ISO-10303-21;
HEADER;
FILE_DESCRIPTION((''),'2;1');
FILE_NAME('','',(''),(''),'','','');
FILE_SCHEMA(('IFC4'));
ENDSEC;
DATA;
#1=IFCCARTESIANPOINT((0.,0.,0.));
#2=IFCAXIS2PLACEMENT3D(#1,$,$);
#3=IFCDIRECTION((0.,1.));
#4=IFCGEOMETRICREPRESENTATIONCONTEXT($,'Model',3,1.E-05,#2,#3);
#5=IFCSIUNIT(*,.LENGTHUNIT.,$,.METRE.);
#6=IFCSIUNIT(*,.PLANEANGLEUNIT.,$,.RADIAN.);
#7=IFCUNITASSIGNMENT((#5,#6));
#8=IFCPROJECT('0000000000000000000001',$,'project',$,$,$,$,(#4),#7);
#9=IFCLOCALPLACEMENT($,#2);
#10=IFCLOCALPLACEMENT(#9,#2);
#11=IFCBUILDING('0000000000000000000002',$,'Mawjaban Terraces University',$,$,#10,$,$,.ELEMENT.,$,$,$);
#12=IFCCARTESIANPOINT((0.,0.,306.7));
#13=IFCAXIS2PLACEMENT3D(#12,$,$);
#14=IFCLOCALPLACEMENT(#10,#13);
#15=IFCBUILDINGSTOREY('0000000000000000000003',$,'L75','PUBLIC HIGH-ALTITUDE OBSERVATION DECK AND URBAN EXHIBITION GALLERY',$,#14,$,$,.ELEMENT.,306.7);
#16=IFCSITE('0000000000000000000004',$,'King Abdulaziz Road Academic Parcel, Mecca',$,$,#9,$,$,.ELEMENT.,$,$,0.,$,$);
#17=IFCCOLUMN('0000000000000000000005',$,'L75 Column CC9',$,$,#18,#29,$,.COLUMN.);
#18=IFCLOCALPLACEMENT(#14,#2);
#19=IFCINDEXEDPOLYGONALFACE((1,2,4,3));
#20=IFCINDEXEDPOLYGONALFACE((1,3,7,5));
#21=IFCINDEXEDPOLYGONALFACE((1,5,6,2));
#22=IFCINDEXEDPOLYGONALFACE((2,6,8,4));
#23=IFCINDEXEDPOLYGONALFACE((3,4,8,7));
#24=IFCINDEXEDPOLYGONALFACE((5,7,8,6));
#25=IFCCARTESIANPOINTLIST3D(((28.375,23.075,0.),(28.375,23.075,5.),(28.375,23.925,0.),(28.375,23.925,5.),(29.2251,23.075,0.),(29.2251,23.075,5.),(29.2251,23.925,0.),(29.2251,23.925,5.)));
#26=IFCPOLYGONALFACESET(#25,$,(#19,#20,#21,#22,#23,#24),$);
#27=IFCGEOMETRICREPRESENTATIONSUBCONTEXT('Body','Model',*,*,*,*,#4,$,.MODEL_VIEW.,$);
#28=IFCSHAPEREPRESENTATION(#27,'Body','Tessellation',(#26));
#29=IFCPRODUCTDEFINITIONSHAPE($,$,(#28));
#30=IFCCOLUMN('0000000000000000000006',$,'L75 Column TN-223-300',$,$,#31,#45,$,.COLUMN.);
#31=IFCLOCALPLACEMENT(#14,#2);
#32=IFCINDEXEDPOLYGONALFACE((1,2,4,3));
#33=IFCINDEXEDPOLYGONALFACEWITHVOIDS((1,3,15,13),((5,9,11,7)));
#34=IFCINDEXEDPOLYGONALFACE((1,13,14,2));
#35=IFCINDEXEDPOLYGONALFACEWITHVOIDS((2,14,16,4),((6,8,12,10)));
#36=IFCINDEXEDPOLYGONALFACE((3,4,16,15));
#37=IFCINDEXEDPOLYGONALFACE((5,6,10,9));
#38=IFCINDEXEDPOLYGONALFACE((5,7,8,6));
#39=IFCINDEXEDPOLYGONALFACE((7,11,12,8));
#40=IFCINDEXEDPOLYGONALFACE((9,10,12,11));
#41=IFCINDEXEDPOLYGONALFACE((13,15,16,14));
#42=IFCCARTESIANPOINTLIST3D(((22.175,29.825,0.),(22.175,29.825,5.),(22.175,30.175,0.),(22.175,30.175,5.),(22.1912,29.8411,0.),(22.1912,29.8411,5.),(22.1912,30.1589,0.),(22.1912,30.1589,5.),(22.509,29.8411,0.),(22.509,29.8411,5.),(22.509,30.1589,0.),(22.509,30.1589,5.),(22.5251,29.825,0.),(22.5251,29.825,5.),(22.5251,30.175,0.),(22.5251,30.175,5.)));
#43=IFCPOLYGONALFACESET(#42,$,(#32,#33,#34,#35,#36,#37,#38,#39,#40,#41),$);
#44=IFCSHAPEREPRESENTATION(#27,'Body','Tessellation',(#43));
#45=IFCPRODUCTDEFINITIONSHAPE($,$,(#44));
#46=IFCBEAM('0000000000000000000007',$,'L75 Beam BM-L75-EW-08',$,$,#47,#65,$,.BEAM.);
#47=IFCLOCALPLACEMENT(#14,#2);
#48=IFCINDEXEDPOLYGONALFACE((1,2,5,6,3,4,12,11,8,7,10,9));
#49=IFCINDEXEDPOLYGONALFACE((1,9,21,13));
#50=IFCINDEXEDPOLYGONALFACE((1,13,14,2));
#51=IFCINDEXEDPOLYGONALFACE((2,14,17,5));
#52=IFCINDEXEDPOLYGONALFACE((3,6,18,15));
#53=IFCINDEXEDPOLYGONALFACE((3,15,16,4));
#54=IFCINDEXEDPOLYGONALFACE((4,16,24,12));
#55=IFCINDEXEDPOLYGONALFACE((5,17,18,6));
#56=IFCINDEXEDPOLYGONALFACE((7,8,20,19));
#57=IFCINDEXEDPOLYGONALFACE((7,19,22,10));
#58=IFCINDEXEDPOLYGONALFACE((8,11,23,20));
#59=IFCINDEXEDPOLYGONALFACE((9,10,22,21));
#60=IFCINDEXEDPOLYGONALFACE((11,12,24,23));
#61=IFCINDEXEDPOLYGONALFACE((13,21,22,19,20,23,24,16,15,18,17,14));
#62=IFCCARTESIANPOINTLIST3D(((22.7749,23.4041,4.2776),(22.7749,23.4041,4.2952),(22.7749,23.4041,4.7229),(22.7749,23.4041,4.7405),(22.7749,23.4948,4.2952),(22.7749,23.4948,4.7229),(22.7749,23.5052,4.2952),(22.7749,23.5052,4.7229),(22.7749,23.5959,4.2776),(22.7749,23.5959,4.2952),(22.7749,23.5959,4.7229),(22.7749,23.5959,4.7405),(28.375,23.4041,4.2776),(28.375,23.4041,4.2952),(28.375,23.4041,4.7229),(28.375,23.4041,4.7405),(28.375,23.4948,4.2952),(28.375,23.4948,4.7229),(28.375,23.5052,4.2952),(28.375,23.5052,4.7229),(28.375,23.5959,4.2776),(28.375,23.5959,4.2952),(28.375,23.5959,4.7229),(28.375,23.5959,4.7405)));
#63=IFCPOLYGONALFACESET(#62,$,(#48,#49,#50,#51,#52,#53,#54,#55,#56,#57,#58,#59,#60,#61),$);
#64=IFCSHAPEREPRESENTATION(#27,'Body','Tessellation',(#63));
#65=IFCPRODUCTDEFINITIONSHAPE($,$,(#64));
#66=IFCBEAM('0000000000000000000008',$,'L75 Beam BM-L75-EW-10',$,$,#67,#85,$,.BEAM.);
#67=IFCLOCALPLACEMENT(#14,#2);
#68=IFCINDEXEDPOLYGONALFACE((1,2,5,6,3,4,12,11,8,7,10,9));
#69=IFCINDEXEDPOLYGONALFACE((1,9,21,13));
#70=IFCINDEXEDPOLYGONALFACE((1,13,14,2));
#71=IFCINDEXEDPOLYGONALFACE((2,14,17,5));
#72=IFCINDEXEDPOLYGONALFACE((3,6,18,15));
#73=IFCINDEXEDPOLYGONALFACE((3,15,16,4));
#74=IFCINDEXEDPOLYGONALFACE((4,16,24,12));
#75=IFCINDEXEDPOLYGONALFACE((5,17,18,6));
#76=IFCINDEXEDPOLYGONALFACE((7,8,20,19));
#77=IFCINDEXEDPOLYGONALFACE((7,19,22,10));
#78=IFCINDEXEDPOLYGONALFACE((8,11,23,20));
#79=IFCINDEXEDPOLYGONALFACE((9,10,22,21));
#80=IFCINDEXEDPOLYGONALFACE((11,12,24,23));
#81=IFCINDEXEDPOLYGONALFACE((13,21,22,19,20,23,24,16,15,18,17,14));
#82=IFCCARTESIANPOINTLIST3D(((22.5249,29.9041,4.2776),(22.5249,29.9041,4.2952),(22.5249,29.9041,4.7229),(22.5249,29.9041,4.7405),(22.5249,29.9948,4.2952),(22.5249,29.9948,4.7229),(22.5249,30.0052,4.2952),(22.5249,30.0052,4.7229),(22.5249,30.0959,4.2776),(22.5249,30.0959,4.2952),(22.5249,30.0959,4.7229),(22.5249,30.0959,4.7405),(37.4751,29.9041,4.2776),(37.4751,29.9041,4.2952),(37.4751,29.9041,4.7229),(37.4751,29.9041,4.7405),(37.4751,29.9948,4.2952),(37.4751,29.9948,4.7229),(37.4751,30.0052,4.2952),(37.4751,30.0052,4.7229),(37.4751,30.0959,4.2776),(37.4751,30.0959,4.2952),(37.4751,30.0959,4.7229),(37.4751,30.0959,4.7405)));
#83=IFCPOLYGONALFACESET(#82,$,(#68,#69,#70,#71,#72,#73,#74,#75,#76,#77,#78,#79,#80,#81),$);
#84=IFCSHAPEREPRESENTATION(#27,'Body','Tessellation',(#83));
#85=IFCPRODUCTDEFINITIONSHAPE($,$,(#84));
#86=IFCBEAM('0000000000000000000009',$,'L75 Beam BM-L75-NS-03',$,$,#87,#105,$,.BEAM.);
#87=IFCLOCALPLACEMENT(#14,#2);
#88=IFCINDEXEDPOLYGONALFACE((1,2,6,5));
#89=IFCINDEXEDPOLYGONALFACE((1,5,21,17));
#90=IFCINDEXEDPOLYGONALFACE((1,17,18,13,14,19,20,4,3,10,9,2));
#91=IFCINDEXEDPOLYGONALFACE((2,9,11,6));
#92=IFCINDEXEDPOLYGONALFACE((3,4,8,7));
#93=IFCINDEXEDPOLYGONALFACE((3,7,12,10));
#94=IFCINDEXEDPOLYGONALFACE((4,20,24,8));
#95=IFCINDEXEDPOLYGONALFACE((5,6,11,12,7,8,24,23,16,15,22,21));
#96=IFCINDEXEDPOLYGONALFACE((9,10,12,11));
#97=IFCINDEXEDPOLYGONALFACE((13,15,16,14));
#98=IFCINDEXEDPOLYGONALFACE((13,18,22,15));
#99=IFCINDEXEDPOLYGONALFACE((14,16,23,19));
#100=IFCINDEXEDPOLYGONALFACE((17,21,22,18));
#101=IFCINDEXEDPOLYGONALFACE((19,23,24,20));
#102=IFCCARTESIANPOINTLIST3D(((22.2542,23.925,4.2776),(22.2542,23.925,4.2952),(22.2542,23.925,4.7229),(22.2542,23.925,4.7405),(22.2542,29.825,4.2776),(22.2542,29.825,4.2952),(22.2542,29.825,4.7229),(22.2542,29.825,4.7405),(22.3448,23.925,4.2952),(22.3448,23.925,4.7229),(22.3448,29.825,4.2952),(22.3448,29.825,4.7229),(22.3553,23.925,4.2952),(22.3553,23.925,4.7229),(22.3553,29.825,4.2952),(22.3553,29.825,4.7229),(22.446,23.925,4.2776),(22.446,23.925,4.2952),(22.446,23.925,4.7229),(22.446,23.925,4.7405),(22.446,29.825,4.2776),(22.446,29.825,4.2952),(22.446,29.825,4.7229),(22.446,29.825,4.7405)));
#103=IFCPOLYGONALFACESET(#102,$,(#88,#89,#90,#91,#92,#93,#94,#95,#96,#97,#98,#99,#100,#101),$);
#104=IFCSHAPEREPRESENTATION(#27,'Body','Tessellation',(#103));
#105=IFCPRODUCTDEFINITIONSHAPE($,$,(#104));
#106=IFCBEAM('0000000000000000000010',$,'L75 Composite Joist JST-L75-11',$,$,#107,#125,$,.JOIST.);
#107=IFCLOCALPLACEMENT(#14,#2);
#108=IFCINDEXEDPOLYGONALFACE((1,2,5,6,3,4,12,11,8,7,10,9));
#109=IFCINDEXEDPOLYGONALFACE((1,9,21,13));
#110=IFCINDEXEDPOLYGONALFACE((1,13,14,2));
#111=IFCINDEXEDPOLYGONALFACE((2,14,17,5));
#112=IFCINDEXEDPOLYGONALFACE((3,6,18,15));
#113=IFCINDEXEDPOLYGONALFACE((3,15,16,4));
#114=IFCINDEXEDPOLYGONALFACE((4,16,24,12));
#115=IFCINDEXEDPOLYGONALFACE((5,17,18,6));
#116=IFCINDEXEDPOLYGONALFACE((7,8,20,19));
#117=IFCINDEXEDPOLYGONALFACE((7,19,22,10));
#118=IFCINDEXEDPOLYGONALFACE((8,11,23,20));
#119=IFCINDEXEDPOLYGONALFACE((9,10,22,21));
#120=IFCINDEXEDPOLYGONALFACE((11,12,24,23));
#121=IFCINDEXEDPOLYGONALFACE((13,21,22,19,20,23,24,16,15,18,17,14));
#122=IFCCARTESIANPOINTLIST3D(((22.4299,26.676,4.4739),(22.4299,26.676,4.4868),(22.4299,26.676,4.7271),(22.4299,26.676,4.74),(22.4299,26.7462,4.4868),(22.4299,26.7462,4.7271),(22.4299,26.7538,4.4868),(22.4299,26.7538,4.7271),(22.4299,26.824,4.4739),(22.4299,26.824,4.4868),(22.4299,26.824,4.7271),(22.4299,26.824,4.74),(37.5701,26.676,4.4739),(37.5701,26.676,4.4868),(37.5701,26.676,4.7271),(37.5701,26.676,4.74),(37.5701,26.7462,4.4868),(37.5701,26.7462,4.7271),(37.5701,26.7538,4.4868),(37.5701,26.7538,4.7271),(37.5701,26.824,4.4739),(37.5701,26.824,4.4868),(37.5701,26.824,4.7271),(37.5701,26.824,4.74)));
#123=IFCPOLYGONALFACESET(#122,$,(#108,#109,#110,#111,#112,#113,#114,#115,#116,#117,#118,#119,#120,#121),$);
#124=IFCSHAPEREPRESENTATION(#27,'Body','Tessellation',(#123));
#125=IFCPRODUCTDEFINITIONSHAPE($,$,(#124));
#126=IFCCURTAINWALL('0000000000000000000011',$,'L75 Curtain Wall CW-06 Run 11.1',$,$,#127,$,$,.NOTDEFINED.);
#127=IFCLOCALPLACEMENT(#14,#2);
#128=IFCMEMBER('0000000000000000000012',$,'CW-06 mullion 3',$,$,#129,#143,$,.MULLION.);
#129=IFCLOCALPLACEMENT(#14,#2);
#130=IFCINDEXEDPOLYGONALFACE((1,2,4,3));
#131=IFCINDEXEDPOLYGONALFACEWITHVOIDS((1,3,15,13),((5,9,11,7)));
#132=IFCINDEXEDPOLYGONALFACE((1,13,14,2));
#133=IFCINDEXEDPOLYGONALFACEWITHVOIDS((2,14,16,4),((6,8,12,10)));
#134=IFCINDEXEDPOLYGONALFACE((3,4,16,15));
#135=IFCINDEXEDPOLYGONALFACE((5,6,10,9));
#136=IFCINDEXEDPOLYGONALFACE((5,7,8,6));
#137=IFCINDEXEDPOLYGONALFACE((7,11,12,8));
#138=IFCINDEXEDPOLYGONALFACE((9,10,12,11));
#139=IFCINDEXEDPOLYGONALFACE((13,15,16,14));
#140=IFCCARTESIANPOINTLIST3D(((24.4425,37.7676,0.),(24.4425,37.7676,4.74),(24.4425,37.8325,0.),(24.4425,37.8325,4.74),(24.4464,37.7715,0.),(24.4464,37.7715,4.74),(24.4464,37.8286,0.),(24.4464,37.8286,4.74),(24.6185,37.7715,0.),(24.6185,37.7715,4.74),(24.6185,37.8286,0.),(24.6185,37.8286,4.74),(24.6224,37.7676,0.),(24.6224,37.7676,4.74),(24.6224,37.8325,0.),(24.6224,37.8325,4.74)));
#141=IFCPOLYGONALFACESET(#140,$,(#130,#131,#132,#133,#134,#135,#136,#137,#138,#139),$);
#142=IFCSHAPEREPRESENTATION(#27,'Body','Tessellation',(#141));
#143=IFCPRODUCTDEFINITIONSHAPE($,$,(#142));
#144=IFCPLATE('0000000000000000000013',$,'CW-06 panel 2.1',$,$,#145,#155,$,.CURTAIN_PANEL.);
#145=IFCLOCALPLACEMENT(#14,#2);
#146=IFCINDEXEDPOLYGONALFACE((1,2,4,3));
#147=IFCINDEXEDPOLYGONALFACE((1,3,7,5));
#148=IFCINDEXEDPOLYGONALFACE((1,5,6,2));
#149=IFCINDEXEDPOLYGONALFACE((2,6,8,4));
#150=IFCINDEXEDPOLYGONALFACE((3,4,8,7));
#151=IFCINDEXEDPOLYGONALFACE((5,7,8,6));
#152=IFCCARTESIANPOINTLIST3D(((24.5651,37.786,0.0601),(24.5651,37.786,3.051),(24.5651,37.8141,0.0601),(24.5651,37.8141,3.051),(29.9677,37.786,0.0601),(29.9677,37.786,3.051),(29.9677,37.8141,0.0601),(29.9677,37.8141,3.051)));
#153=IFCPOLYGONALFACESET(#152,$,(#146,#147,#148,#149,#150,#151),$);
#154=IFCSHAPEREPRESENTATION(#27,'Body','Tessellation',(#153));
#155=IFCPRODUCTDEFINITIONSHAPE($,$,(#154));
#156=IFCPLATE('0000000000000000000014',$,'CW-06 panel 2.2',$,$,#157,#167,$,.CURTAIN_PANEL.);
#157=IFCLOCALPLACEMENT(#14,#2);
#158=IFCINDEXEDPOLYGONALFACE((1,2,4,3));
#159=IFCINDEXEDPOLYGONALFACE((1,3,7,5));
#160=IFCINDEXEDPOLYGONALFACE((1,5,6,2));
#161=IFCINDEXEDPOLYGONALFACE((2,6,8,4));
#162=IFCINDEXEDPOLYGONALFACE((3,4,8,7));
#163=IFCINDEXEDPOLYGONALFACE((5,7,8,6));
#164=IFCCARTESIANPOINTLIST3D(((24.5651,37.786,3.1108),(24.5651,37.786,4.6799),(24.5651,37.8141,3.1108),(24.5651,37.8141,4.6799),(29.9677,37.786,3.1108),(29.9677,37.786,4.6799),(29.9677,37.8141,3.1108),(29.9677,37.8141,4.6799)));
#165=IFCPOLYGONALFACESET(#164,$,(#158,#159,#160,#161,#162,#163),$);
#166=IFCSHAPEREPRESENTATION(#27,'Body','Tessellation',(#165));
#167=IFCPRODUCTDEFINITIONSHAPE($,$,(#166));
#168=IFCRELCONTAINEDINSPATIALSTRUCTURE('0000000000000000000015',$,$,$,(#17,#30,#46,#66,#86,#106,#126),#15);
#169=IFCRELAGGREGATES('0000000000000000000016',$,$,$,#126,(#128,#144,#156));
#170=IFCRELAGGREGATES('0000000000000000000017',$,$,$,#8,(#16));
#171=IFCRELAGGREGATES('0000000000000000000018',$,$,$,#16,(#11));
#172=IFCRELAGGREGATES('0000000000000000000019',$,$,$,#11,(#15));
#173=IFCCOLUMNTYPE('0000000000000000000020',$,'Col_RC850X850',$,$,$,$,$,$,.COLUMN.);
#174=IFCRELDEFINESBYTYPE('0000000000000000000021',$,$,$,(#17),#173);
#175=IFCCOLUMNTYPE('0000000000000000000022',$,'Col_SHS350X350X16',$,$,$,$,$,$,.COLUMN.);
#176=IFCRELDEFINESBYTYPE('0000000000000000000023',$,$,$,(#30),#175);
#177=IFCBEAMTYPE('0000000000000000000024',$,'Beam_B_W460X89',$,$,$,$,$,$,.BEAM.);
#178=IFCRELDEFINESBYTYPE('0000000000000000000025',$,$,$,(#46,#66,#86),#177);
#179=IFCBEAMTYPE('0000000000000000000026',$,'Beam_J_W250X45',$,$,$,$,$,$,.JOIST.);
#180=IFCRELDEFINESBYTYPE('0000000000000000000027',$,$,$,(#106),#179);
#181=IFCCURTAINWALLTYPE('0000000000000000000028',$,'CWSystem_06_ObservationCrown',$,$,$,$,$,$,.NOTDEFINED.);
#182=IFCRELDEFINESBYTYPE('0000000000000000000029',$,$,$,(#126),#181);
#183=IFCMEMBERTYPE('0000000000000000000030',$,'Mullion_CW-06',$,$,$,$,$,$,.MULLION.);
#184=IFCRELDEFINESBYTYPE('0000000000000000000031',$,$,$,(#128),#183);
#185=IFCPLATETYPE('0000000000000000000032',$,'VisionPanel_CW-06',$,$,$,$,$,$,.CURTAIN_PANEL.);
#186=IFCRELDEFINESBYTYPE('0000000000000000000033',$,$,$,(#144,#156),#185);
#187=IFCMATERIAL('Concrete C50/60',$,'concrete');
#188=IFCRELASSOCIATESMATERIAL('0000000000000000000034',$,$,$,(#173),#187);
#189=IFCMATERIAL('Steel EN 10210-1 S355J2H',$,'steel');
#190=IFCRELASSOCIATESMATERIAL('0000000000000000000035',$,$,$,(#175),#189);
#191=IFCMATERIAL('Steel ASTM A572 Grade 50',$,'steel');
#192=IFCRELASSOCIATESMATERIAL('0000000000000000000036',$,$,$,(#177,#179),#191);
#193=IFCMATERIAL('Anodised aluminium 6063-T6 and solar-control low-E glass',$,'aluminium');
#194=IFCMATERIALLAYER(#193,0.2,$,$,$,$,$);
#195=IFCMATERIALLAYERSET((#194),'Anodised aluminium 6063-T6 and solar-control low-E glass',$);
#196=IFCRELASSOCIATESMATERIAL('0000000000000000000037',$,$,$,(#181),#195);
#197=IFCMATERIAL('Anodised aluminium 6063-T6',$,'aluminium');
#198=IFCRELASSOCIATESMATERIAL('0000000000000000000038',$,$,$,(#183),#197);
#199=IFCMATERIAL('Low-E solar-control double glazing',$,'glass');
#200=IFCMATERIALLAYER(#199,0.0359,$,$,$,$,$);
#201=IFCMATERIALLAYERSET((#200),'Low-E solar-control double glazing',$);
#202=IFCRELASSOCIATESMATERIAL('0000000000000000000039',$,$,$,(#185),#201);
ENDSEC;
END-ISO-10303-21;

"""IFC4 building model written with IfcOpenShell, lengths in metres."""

from ifc_helpers import new_model, si_unit, direction, frame, origin, origin_2d, place, context, subcontext, project, spatial, rectangle, hollow_rectangle, i_section, extrude, material, layer, layer_set, material_profile, profile_set, type_object, element, aggregate, save


model = new_model("IFC4")

# Units and contexts
model_context = context("Model", 3, precision=1e-05, world=origin(), true_north=direction((0.0, 1.0)))
body_context = subcontext(model_context, "Body", "Model", "MODEL_VIEW")
ifc_project = project(units=[si_unit("LENGTHUNIT", "METRE"), si_unit("PLANEANGLEUNIT", "RADIAN")], contexts=[model_context])

# Site, building, storey
site_placement = place(None, origin())
site = spatial("IfcSite", under=ifc_project, at=site_placement, Name="King Abdulaziz Road Academic Parcel, Mecca", CompositionType="ELEMENT", RefElevation=0.0)
building_placement = place(site_placement, origin())
building = spatial("IfcBuilding", under=site, at=building_placement, Name="Mawjaban Terraces University", CompositionType="ELEMENT")
storey_placement = place(building_placement, frame((0.0, 0.0, 306.7)))
storey = spatial("IfcBuildingStorey", under=building, at=storey_placement, Name="L75", Description="PUBLIC HIGH-ALTITUDE OBSERVATION DECK AND URBAN EXHIBITION GALLERY", CompositionType="ELEMENT", Elevation=306.7)

# Columns
ifc_material_1 = material(Name="Concrete C50/60", Category="concrete")
ifc_material_profile_1 = material_profile(ifc_material_1, rectangle(XDim=0.8501, YDim=0.8501, at=origin_2d()), Name="RC850X850")
ifc_profile_set_1 = profile_set([ifc_material_profile_1], Name="Concrete C50/60")
column_type_1 = type_object("IfcColumnType", Name="Col_RC850X850", PredefinedType="COLUMN", material=ifc_profile_set_1)
column_1_placement = place(storey_placement, frame((28.8, 23.5, 0.0), z_axis=(0.0, 0.0, 1.0), x_axis=(1.0, 0.0, 0.0)))
element("IfcColumn", 1, at=column_1_placement, inside=storey, type_object=column_type_1, Name="L75 Column CC9", PredefinedType="COLUMN", context=body_context, shape_type="SweptSolid", body=[
    extrude(rectangle(XDim=0.8501, YDim=0.8501, at=origin_2d()), origin(), (0.0, 0.0, 1.0), 5.0),
])
ifc_material_2 = material(Name="Steel EN 10210-1 S355J2H", Category="steel")
ifc_material_profile_2 = material_profile(ifc_material_2, hollow_rectangle(XDim=0.3501, YDim=0.3501, WallThickness=0.0161, at=origin_2d()), Name="SHS350X350X16")
ifc_profile_set_2 = profile_set([ifc_material_profile_2], Name="Steel EN 10210-1 S355J2H")
column_type_2 = type_object("IfcColumnType", Name="Col_SHS350X350X16", PredefinedType="COLUMN", material=ifc_profile_set_2)
column_2_placement = place(storey_placement, frame((22.3501, 30.0, 0.0), z_axis=(0.0, 0.0, 1.0), x_axis=(1.0, 0.0, 0.0)))
element("IfcColumn", 2, at=column_2_placement, inside=storey, type_object=column_type_2, Name="L75 Column TN-223-300", PredefinedType="COLUMN", context=body_context, shape_type="SweptSolid", body=[
    extrude(hollow_rectangle(XDim=0.3501, YDim=0.3501, WallThickness=0.0161, at=origin_2d()), origin(), (0.0, 0.0, 1.0), 5.0),
])

# Beams
ifc_material_3 = material(Name="Steel ASTM A572 Grade 50", Category="steel")
ifc_material_profile_3 = material_profile(ifc_material_3, i_section(OverallWidth=0.1919, OverallDepth=0.4629, WebThickness=0.0105, FlangeThickness=0.0176, at=origin_2d()), Name="W460X89")
ifc_profile_set_3 = profile_set([ifc_material_profile_3], Name="Steel ASTM A572 Grade 50")
beam_type_1 = type_object("IfcBeamType", Name="Beam_B_W460X89", PredefinedType="BEAM", material=ifc_profile_set_3)
beam_1_placement = place(storey_placement, frame((22.7749, 23.5, 4.509), z_axis=(1.0, 0.0, 0.0), x_axis=(0.0, 1.0, 0.0)))
element("IfcBeam", 3, at=beam_1_placement, inside=storey, type_object=beam_type_1, Name="L75 Beam BM-L75-EW-08", PredefinedType="BEAM", context=body_context, shape_type="SweptSolid", body=[
    extrude(i_section(OverallWidth=0.1919, OverallDepth=0.4629, WebThickness=0.0105, FlangeThickness=0.0176, at=origin_2d()), origin(), (0.0, 0.0, 1.0), 5.6001),
])
beam_2_placement = place(storey_placement, frame((22.5249, 30.0, 4.509), z_axis=(1.0, 0.0, 0.0), x_axis=(0.0, 1.0, 0.0)))
element("IfcBeam", 4, at=beam_2_placement, inside=storey, type_object=beam_type_1, Name="L75 Beam BM-L75-EW-10", PredefinedType="BEAM", context=body_context, shape_type="SweptSolid", body=[
    extrude(i_section(OverallWidth=0.1919, OverallDepth=0.4629, WebThickness=0.0105, FlangeThickness=0.0176, at=origin_2d()), origin(), (0.0, 0.0, 1.0), 14.9502),
])
beam_3_placement = place(storey_placement, frame((22.3501, 23.925, 4.509), z_axis=(0.0, 1.0, 0.0), x_axis=(-1.0, 0.0, 0.0)))
element("IfcBeam", 5, at=beam_3_placement, inside=storey, type_object=beam_type_1, Name="L75 Beam BM-L75-NS-03", PredefinedType="BEAM", context=body_context, shape_type="SweptSolid", body=[
    extrude(i_section(OverallWidth=0.1919, OverallDepth=0.4629, WebThickness=0.0105, FlangeThickness=0.0176, at=origin_2d()), origin(), (0.0, 0.0, 1.0), 5.8999),
])
ifc_material_profile_4 = material_profile(ifc_material_3, i_section(OverallWidth=0.1479, OverallDepth=0.2661, WebThickness=0.0076, FlangeThickness=0.0129, at=origin_2d()), Name="W250X45")
ifc_profile_set_4 = profile_set([ifc_material_profile_4], Name="Steel ASTM A572 Grade 50")
beam_type_2 = type_object("IfcBeamType", Name="Beam_J_W250X45", PredefinedType="JOIST", material=ifc_profile_set_4)
beam_4_placement = place(storey_placement, frame((22.4299, 26.75, 4.6069), z_axis=(1.0, 0.0, 0.0), x_axis=(0.0, 1.0, 0.0)))
element("IfcBeam", 6, at=beam_4_placement, inside=storey, type_object=beam_type_2, Name="L75 Composite Joist JST-L75-11", PredefinedType="JOIST", context=body_context, shape_type="SweptSolid", body=[
    extrude(i_section(OverallWidth=0.1479, OverallDepth=0.2661, WebThickness=0.0076, FlangeThickness=0.0129, at=origin_2d()), origin(), (0.0, 0.0, 1.0), 15.1401),
])

# Curtain wall, member, plates
ifc_material_4 = material(Name="Anodised aluminium 6063-T6 and solar-control low-E glass", Category="aluminium")
ifc_layer_1 = layer(ifc_material_4, 0.2)
ifc_layer_set_1 = layer_set([ifc_layer_1], Name="Anodised aluminium 6063-T6 and solar-control low-E glass")
curtain_wall_type = type_object("IfcCurtainWallType", Name="CWSystem_06_ObservationCrown", PredefinedType="NOTDEFINED", material=ifc_layer_set_1)
curtain_wall_placement = place(storey_placement, origin())
curtain_wall = element("IfcCurtainWall", 7, at=curtain_wall_placement, inside=storey, type_object=curtain_wall_type, Name="L75 Curtain Wall CW-06 Run 11.1", PredefinedType="NOTDEFINED")
ifc_material_5 = material(Name="Anodised aluminium 6063-T6", Category="aluminium")
ifc_material_profile_5 = material_profile(ifc_material_5, hollow_rectangle(XDim=0.0649, YDim=0.1799, WallThickness=0.0039, at=origin_2d()), Name="ALU180X65X4")
ifc_profile_set_5 = profile_set([ifc_material_profile_5], Name="Anodised aluminium 6063-T6")
member_type = type_object("IfcMemberType", Name="Mullion_CW-06", PredefinedType="MULLION", material=ifc_profile_set_5)
member_placement = place(storey_placement, frame((24.5325, 37.8, 0.0), z_axis=(0.0, 0.0, 1.0), x_axis=(0.0, -1.0, 0.0)))
member = element("IfcMember", 8, at=member_placement, type_object=member_type, Name="CW-06 mullion 3", PredefinedType="MULLION", context=body_context, shape_type="SweptSolid", body=[
    extrude(hollow_rectangle(XDim=0.0649, YDim=0.1799, WallThickness=0.0039, at=origin_2d()), origin(), (0.0, 0.0, 1.0), 4.74),
])
ifc_material_6 = material(Name="Low-E solar-control double glazing", Category="glass")
ifc_layer_2 = layer(ifc_material_6, 0.0359)
ifc_layer_set_2 = layer_set([ifc_layer_2], Name="Low-E solar-control double glazing")
plate_type = type_object("IfcPlateType", Name="VisionPanel_CW-06", PredefinedType="CURTAIN_PANEL", material=ifc_layer_set_2)
plate_1_placement = place(storey_placement, frame((27.2664, 37.8, 0.0601), z_axis=(0.0, 0.0, 1.0), x_axis=(-1.0, 0.0, 0.0)))
plate_1 = element("IfcPlate", 9, at=plate_1_placement, type_object=plate_type, Name="CW-06 panel 2.1", PredefinedType="CURTAIN_PANEL", context=body_context, shape_type="SweptSolid", body=[
    extrude(rectangle(XDim=5.4026, YDim=0.0281, at=origin_2d()), origin(), (0.0, 0.0, 1.0), 2.991),
])
plate_2_placement = place(storey_placement, frame((27.2664, 37.8, 3.1108), z_axis=(0.0, 0.0, 1.0), x_axis=(-1.0, 0.0, 0.0)))
plate_2 = element("IfcPlate", 10, at=plate_2_placement, type_object=plate_type, Name="CW-06 panel 2.2", PredefinedType="CURTAIN_PANEL", context=body_context, shape_type="SweptSolid", body=[
    extrude(rectangle(XDim=5.4026, YDim=0.0281, at=origin_2d()), origin(), (0.0, 0.0, 1.0), 1.5691),
])
aggregate(curtain_wall, [member, plate_1, plate_2])

save(model, "model.ifc")
